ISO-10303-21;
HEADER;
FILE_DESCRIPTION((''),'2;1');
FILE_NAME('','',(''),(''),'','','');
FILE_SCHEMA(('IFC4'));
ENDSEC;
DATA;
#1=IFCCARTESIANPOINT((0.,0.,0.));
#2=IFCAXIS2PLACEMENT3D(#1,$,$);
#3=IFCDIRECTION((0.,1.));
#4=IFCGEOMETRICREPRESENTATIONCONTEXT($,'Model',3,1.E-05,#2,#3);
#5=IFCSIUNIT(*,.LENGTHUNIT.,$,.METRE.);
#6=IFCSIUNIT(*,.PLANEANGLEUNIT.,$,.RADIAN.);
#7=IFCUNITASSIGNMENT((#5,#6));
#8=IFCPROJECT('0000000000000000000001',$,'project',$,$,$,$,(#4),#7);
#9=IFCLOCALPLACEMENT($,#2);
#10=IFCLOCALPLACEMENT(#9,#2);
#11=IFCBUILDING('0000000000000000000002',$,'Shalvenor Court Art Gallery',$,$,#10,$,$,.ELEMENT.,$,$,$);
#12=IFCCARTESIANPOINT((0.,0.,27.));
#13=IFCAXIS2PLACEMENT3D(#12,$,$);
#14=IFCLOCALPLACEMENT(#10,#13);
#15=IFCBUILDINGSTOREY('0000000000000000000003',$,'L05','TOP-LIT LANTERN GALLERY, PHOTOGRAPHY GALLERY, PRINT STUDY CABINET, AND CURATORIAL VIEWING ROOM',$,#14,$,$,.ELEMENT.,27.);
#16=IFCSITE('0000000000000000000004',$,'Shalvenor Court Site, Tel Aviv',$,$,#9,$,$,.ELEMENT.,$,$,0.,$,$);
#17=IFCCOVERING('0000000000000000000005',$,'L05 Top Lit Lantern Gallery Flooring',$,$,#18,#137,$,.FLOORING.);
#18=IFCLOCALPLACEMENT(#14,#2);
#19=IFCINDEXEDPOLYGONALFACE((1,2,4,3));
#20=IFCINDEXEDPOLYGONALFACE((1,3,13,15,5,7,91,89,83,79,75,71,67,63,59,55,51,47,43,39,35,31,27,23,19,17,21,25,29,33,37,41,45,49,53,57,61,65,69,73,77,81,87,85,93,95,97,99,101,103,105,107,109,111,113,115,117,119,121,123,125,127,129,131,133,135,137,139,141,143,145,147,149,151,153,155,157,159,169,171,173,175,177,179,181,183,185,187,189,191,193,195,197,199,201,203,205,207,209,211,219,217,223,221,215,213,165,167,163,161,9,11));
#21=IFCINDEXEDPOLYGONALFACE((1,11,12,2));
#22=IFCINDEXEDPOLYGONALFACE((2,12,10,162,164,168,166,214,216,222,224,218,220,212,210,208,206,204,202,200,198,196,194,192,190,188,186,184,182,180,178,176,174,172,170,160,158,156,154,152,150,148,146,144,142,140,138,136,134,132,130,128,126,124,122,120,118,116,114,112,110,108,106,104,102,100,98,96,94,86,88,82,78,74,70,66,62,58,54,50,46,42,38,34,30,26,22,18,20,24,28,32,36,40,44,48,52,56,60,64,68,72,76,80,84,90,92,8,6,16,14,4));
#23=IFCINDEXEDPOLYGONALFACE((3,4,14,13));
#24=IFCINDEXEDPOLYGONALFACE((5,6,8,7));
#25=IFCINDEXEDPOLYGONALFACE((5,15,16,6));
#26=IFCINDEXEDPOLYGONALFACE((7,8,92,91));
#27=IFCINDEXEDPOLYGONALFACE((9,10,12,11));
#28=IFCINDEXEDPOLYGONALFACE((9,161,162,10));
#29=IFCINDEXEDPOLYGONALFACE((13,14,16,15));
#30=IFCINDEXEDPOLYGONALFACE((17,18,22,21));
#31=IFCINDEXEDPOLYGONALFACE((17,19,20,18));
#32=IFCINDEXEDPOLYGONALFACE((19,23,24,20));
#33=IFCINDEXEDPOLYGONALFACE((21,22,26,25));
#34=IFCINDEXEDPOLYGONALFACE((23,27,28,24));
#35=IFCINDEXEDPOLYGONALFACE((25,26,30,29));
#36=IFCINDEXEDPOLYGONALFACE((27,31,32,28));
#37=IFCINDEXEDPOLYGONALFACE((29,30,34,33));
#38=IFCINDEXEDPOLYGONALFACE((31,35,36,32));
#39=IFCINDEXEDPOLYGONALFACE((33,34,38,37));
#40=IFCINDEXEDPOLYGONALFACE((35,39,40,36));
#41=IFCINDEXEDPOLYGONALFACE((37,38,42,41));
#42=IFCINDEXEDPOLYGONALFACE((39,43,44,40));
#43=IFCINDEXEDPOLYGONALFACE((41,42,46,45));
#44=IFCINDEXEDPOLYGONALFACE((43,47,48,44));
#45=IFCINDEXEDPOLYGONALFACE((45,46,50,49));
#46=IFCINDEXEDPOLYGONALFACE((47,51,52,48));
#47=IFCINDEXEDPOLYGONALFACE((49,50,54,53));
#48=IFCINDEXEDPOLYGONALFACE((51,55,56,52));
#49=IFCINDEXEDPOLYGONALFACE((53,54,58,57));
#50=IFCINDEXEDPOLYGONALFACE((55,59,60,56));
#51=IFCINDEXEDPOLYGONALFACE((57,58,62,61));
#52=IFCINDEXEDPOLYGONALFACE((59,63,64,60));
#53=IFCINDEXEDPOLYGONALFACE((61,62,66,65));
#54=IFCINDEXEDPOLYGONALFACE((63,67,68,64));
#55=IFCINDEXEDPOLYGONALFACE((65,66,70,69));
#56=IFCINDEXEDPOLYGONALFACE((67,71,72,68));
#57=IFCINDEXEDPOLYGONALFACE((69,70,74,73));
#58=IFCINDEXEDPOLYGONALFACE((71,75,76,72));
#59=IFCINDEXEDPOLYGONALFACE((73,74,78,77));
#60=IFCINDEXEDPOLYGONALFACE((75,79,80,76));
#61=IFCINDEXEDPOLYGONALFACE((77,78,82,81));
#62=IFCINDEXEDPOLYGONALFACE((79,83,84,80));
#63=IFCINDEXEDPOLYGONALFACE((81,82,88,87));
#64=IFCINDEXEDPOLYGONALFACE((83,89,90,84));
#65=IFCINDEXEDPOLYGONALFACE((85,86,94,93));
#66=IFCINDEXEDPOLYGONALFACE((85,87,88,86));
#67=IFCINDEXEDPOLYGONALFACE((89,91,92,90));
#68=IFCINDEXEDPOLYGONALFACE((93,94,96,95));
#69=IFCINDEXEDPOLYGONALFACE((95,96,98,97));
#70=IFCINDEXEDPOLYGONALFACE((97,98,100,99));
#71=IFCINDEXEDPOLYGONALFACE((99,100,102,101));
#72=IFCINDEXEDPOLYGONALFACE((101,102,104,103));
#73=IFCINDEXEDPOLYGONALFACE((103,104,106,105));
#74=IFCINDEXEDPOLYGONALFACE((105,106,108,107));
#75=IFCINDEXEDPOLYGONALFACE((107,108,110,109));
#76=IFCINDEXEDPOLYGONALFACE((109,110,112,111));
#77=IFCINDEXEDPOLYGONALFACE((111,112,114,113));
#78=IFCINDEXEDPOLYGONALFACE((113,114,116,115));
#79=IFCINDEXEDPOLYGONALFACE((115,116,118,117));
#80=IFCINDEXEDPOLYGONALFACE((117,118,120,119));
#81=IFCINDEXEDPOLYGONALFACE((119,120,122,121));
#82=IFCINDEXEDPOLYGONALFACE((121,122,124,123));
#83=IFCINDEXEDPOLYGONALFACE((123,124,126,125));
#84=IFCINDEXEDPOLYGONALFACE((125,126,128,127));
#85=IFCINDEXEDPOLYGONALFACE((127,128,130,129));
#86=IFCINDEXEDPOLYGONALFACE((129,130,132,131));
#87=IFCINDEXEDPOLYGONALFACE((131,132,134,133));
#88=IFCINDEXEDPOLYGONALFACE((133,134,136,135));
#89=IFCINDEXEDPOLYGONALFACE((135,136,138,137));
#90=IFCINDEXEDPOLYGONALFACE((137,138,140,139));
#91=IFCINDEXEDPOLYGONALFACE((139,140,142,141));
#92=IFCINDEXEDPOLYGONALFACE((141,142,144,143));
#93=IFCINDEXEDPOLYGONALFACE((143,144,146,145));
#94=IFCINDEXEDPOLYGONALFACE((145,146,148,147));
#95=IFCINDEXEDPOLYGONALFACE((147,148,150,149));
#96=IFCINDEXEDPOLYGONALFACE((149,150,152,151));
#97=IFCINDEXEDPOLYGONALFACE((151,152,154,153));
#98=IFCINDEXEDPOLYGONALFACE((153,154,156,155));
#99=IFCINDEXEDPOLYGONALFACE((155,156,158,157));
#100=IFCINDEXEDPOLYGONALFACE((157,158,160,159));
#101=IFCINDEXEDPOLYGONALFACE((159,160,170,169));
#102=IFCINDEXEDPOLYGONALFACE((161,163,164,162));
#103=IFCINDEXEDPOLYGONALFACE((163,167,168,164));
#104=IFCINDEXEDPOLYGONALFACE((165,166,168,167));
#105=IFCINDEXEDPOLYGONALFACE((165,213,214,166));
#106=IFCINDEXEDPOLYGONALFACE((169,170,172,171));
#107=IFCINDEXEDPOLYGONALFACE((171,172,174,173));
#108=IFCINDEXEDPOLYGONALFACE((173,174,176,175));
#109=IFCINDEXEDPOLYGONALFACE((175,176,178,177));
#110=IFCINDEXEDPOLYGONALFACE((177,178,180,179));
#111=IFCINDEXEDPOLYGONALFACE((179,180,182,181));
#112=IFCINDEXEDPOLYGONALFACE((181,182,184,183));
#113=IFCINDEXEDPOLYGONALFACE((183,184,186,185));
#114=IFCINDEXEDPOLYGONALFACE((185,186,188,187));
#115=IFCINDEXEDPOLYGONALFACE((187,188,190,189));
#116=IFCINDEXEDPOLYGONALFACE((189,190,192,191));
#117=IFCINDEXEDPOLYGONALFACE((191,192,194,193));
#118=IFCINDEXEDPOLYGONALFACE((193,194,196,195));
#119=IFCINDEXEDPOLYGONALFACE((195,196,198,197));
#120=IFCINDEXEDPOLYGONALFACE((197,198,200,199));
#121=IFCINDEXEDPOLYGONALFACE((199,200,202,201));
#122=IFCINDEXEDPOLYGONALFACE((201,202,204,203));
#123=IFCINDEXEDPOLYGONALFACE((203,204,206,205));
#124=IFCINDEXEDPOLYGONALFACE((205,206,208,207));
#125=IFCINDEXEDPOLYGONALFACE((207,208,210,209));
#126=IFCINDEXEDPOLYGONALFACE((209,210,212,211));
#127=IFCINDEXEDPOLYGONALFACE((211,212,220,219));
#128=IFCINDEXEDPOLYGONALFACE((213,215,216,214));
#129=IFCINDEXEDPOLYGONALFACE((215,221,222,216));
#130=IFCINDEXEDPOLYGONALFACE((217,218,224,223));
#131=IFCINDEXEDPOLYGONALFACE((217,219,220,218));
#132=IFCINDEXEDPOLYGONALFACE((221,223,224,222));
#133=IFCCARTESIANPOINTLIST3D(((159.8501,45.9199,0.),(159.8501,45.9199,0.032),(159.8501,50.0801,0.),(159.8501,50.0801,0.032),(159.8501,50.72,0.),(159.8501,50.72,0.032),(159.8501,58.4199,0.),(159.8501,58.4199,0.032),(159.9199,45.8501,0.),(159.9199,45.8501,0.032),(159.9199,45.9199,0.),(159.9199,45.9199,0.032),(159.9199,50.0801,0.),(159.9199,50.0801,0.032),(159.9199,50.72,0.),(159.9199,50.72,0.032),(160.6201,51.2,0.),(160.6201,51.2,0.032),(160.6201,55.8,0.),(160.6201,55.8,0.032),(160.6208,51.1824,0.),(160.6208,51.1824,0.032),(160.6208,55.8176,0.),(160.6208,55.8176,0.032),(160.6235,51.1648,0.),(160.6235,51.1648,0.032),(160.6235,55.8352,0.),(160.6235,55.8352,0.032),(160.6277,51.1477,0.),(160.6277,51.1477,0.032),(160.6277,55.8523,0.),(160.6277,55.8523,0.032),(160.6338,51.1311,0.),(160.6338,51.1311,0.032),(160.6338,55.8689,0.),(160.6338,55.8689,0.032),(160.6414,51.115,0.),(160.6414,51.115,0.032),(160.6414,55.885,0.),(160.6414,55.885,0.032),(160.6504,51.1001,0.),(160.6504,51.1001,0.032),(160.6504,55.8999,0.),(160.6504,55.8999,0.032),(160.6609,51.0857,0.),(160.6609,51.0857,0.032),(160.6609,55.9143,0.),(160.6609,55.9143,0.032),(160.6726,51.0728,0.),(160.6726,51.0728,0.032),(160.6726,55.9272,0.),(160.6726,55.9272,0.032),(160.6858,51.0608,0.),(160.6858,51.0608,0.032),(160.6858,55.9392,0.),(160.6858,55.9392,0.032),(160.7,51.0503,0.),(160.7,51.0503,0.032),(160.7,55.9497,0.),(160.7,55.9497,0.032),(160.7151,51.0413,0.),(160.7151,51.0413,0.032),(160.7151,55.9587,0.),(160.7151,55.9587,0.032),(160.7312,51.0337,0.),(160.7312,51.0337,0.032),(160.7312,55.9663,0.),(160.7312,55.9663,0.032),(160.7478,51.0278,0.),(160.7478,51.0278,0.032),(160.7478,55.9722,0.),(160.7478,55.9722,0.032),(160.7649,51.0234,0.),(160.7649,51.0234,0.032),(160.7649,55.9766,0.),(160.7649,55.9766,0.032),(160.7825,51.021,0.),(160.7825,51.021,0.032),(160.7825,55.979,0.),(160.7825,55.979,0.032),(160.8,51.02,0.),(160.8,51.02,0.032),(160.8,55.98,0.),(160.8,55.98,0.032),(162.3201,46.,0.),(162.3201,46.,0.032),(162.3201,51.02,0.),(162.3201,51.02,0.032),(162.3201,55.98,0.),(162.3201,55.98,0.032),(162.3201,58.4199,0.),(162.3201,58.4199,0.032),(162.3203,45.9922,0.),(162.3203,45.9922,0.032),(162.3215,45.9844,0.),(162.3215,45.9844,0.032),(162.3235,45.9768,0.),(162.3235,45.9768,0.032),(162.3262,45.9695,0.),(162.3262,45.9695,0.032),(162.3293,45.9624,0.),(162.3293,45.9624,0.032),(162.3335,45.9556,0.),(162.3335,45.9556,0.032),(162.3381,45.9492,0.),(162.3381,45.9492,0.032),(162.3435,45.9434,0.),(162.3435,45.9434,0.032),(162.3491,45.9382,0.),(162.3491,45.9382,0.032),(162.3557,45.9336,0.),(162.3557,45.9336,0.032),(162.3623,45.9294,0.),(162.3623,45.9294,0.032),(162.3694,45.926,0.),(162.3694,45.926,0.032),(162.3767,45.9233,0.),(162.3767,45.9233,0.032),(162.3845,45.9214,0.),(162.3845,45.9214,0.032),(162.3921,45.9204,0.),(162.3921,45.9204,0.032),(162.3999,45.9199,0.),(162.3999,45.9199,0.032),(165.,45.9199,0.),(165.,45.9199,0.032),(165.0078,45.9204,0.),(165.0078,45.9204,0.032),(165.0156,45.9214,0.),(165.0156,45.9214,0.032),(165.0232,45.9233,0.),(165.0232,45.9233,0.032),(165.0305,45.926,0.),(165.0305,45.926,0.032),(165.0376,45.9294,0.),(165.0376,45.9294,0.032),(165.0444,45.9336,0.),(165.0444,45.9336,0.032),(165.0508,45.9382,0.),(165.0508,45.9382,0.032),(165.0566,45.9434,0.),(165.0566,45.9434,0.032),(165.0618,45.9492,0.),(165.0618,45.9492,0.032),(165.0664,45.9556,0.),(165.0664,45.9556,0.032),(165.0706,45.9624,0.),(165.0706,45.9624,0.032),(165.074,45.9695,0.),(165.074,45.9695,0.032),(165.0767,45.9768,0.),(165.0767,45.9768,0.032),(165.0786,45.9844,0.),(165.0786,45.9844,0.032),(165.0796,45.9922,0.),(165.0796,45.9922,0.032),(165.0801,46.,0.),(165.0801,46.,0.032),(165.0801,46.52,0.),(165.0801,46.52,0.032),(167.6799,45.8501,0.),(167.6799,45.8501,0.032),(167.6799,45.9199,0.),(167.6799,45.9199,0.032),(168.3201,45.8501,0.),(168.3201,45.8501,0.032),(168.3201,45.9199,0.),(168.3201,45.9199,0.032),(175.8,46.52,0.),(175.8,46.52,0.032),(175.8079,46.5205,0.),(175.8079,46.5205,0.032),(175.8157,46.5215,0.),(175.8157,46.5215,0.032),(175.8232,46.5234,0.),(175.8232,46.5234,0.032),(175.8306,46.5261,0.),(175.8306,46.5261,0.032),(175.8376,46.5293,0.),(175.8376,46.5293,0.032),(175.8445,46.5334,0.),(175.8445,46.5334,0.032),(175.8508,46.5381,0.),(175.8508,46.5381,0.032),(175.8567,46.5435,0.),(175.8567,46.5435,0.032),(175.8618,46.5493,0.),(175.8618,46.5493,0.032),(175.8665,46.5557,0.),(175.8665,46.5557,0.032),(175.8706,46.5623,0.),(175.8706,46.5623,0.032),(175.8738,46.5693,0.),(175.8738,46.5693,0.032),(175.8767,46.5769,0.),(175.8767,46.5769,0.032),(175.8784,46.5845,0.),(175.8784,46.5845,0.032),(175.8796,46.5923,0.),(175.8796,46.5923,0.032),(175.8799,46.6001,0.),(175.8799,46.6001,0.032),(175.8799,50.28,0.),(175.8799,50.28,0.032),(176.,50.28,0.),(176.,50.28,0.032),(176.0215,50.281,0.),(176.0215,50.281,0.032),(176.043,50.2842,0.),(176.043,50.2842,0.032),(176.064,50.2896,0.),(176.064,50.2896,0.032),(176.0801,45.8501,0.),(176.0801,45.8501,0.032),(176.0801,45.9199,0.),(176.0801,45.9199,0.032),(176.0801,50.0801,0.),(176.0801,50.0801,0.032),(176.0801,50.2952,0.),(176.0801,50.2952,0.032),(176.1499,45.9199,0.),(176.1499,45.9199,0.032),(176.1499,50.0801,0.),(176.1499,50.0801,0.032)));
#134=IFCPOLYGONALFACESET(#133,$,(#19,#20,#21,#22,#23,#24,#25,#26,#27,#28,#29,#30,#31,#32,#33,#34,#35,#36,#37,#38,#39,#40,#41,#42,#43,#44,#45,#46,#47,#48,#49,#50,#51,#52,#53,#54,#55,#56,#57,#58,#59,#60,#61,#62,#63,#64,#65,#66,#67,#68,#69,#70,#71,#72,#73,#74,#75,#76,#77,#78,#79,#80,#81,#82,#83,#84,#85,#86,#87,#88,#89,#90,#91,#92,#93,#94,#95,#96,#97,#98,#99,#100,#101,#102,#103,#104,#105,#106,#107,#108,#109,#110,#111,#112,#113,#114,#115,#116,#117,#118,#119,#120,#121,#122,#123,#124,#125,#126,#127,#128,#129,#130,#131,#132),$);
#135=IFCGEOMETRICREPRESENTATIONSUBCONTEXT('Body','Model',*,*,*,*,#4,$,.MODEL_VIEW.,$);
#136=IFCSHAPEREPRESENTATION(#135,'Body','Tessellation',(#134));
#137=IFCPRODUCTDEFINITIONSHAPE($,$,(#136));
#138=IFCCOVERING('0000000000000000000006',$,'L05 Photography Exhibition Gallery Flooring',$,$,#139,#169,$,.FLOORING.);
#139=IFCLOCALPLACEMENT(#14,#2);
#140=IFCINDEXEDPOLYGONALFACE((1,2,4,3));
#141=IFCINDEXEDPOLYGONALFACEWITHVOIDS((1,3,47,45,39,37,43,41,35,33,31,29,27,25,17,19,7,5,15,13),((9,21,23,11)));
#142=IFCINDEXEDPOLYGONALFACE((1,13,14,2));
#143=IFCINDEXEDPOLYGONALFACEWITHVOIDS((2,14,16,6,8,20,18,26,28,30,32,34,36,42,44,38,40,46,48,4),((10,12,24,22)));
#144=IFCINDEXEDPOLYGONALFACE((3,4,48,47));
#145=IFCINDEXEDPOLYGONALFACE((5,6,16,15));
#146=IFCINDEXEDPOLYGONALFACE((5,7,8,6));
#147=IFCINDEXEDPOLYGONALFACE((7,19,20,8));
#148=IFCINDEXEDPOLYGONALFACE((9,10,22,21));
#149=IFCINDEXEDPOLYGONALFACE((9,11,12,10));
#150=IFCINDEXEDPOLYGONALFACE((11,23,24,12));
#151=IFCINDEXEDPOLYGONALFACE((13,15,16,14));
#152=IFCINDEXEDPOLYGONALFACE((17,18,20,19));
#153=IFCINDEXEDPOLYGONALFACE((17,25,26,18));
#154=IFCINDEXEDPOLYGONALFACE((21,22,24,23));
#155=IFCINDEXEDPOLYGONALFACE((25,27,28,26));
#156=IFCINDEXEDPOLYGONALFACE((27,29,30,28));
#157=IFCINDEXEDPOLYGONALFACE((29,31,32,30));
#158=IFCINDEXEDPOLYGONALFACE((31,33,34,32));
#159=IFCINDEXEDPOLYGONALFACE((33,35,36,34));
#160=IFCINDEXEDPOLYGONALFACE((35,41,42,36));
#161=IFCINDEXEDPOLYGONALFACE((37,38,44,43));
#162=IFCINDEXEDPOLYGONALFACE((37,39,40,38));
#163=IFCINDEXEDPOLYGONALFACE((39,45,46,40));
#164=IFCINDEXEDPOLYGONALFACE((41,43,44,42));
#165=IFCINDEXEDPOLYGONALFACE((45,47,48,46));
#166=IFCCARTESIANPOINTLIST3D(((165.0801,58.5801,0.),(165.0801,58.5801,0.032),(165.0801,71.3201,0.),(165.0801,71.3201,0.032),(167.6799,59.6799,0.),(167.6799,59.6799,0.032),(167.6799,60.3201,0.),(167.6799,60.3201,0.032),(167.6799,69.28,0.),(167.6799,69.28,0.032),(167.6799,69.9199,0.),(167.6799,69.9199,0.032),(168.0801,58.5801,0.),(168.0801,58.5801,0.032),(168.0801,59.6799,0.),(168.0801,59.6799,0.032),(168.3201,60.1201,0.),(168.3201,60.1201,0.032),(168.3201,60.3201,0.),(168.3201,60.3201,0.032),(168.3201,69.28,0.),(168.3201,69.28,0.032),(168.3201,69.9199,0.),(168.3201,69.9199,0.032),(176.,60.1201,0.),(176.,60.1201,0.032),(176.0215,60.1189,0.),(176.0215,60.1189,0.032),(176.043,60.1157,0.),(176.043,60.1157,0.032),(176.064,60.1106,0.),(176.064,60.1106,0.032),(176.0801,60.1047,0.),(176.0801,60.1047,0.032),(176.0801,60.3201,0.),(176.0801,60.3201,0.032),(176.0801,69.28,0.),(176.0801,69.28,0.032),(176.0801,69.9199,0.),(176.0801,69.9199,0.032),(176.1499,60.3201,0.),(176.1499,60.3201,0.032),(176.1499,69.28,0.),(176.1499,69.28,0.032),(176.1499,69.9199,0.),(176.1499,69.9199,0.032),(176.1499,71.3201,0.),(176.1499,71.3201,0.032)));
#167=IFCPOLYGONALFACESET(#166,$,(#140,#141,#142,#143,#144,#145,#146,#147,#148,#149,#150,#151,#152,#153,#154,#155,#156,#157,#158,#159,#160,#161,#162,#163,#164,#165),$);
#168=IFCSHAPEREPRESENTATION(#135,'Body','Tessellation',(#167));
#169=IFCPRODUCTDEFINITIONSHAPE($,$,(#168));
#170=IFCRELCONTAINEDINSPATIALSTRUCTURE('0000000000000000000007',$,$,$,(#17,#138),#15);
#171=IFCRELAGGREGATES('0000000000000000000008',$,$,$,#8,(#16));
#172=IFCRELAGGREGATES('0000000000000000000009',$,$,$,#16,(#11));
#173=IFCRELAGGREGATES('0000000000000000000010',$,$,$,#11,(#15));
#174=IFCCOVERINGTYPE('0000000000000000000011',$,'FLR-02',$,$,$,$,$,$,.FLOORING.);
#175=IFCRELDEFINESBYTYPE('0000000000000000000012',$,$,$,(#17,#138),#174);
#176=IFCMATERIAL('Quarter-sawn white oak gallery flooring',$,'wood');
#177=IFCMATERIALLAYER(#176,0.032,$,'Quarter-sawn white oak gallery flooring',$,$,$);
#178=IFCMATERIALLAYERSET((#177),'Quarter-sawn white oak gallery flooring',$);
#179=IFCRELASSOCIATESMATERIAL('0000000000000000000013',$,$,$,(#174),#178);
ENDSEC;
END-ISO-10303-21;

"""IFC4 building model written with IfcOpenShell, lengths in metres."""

from ifc_helpers import new_model, si_unit, direction, frame, origin, place, context, subcontext, project, spatial, polyline, outline, extrude, material, layer, layer_set, type_object, element, save


model = new_model("IFC4")

# Units and contexts
model_context = context("Model", 3, precision=1e-05, world=origin(), true_north=direction((0.0, 1.0)))
body_context = subcontext(model_context, "Body", "Model", "MODEL_VIEW")
ifc_project = project(units=[si_unit("LENGTHUNIT", "METRE"), si_unit("PLANEANGLEUNIT", "RADIAN")], contexts=[model_context])

# Site, building, storey
site_placement = place(None, origin())
site = spatial("IfcSite", under=ifc_project, at=site_placement, Name="Shalvenor Court Site, Tel Aviv", CompositionType="ELEMENT", RefElevation=0.0)
building_placement = place(site_placement, origin())
building = spatial("IfcBuilding", under=site, at=building_placement, Name="Shalvenor Court Art Gallery", CompositionType="ELEMENT")
storey_placement = place(building_placement, frame((0.0, 0.0, 27.0)))
storey = spatial("IfcBuildingStorey", under=building, at=storey_placement, Name="L05", Description="TOP-LIT LANTERN GALLERY, PHOTOGRAPHY GALLERY, PRINT STUDY CABINET, AND CURATORIAL VIEWING ROOM", CompositionType="ELEMENT", Elevation=27.0)

# Coverings
ifc_material_1 = material(Name="Quarter-sawn white oak gallery flooring", Category="wood")
ifc_layer_1 = layer(ifc_material_1, 0.032, Name="Quarter-sawn white oak gallery flooring")
ifc_layer_set_1 = layer_set([ifc_layer_1], Name="Quarter-sawn white oak gallery flooring")
covering_type_1 = type_object("IfcCoveringType", Name="FLR-02", PredefinedType="FLOORING", material=ifc_layer_set_1)
covering_1_placement = place(storey_placement, origin())
element("IfcCovering", 1, at=covering_1_placement, inside=storey, type_object=covering_type_1, Name="L05 Top Lit Lantern Gallery Flooring", PredefinedType="FLOORING", context=body_context, shape_type="SweptSolid", body=[
    extrude(outline(polyline([(162.3201, 58.4199), (162.3201, 55.98), (160.8, 55.98), (160.7825, 55.979), (160.7649, 55.9766), (160.7478, 55.9722), (160.7312, 55.9663), (160.7151, 55.9587), (160.7, 55.9497), (160.6858, 55.9392), (160.6726, 55.9272), (160.6609, 55.9143), (160.6504, 55.8999), (160.6414, 55.885), (160.6338, 55.8689), (160.6277, 55.8523), (160.6235, 55.8352), (160.6208, 55.8176), (160.6201, 55.8), (160.6201, 51.2), (160.6208, 51.1824), (160.6235, 51.1648), (160.6277, 51.1477), (160.6338, 51.1311), (160.6414, 51.115), (160.6504, 51.1001), (160.6609, 51.0857), (160.6726, 51.0728), (160.6858, 51.0608), (160.7, 51.0503), (160.7151, 51.0413), (160.7312, 51.0337), (160.7478, 51.0278), (160.7649, 51.0234), (160.7825, 51.021), (160.8, 51.02), (162.3201, 51.02), (162.3201, 46.0), (162.3203, 45.9922), (162.3215, 45.9844), (162.3235, 45.9768), (162.3262, 45.9695), (162.3293, 45.9624), (162.3335, 45.9556), (162.3381, 45.9492), (162.3435, 45.9434), (162.3491, 45.9382), (162.3557, 45.9336), (162.3623, 45.9294), (162.3694, 45.926), (162.3767, 45.9233), (162.3845, 45.9214), (162.3921, 45.9204), (162.3999, 45.9199), (165.0, 45.9199), (165.0078, 45.9204), (165.0156, 45.9214), (165.0232, 45.9233), (165.0305, 45.926), (165.0376, 45.9294), (165.0444, 45.9336), (165.0508, 45.9382), (165.0566, 45.9434), (165.0618, 45.9492), (165.0664, 45.9556), (165.0706, 45.9624), (165.074, 45.9695), (165.0767, 45.9768), (165.0786, 45.9844), (165.0796, 45.9922), (165.0801, 46.0), (165.0801, 46.52), (175.8, 46.52), (175.8079, 46.5205), (175.8157, 46.5215), (175.8232, 46.5234), (175.8306, 46.5261), (175.8376, 46.5293), (175.8445, 46.5334), (175.8508, 46.5381), (175.8567, 46.5435), (175.8618, 46.5493), (175.8665, 46.5557), (175.8706, 46.5623), (175.8738, 46.5693), (175.8767, 46.5769), (175.8784, 46.5845), (175.8796, 46.5923), (175.8799, 46.6001), (175.8799, 50.28), (176.0, 50.28), (176.0215, 50.281), (176.043, 50.2842), (176.064, 50.2896), (176.0801, 50.2952), (176.0801, 50.0801), (176.1499, 50.0801), (176.1499, 45.9199), (176.0801, 45.9199), (176.0801, 45.8501), (168.3201, 45.8501), (168.3201, 45.9199), (167.6799, 45.9199), (167.6799, 45.8501), (159.9199, 45.8501), (159.9199, 45.9199), (159.8501, 45.9199), (159.8501, 50.0801), (159.9199, 50.0801), (159.9199, 50.72), (159.8501, 50.72), (159.8501, 58.4199), (162.3201, 58.4199)])), origin(), (0.0, 0.0, 1.0), 0.032),
])
covering_2_placement = place(storey_placement, origin())
element("IfcCovering", 2, at=covering_2_placement, inside=storey, type_object=covering_type_1, Name="L05 Photography Exhibition Gallery Flooring", PredefinedType="FLOORING", context=body_context, shape_type="SweptSolid", body=[
    extrude(outline(polyline([(176.064, 60.1106), (176.043, 60.1157), (176.0215, 60.1189), (176.0, 60.1201), (168.3201, 60.1201), (168.3201, 60.3201), (167.6799, 60.3201), (167.6799, 59.6799), (168.0801, 59.6799), (168.0801, 58.5801), (165.0801, 58.5801), (165.0801, 71.3201), (176.1499, 71.3201), (176.1499, 69.9199), (176.0801, 69.9199), (176.0801, 69.28), (176.1499, 69.28), (176.1499, 60.3201), (176.0801, 60.3201), (176.0801, 60.1047), (176.064, 60.1106)]), holes=[polyline([(168.3201, 69.28), (168.3201, 69.9199), (167.6799, 69.9199), (167.6799, 69.28), (168.3201, 69.28)])]), origin(), (0.0, 0.0, 1.0), 0.032),
])

save(model, "model.ifc")
